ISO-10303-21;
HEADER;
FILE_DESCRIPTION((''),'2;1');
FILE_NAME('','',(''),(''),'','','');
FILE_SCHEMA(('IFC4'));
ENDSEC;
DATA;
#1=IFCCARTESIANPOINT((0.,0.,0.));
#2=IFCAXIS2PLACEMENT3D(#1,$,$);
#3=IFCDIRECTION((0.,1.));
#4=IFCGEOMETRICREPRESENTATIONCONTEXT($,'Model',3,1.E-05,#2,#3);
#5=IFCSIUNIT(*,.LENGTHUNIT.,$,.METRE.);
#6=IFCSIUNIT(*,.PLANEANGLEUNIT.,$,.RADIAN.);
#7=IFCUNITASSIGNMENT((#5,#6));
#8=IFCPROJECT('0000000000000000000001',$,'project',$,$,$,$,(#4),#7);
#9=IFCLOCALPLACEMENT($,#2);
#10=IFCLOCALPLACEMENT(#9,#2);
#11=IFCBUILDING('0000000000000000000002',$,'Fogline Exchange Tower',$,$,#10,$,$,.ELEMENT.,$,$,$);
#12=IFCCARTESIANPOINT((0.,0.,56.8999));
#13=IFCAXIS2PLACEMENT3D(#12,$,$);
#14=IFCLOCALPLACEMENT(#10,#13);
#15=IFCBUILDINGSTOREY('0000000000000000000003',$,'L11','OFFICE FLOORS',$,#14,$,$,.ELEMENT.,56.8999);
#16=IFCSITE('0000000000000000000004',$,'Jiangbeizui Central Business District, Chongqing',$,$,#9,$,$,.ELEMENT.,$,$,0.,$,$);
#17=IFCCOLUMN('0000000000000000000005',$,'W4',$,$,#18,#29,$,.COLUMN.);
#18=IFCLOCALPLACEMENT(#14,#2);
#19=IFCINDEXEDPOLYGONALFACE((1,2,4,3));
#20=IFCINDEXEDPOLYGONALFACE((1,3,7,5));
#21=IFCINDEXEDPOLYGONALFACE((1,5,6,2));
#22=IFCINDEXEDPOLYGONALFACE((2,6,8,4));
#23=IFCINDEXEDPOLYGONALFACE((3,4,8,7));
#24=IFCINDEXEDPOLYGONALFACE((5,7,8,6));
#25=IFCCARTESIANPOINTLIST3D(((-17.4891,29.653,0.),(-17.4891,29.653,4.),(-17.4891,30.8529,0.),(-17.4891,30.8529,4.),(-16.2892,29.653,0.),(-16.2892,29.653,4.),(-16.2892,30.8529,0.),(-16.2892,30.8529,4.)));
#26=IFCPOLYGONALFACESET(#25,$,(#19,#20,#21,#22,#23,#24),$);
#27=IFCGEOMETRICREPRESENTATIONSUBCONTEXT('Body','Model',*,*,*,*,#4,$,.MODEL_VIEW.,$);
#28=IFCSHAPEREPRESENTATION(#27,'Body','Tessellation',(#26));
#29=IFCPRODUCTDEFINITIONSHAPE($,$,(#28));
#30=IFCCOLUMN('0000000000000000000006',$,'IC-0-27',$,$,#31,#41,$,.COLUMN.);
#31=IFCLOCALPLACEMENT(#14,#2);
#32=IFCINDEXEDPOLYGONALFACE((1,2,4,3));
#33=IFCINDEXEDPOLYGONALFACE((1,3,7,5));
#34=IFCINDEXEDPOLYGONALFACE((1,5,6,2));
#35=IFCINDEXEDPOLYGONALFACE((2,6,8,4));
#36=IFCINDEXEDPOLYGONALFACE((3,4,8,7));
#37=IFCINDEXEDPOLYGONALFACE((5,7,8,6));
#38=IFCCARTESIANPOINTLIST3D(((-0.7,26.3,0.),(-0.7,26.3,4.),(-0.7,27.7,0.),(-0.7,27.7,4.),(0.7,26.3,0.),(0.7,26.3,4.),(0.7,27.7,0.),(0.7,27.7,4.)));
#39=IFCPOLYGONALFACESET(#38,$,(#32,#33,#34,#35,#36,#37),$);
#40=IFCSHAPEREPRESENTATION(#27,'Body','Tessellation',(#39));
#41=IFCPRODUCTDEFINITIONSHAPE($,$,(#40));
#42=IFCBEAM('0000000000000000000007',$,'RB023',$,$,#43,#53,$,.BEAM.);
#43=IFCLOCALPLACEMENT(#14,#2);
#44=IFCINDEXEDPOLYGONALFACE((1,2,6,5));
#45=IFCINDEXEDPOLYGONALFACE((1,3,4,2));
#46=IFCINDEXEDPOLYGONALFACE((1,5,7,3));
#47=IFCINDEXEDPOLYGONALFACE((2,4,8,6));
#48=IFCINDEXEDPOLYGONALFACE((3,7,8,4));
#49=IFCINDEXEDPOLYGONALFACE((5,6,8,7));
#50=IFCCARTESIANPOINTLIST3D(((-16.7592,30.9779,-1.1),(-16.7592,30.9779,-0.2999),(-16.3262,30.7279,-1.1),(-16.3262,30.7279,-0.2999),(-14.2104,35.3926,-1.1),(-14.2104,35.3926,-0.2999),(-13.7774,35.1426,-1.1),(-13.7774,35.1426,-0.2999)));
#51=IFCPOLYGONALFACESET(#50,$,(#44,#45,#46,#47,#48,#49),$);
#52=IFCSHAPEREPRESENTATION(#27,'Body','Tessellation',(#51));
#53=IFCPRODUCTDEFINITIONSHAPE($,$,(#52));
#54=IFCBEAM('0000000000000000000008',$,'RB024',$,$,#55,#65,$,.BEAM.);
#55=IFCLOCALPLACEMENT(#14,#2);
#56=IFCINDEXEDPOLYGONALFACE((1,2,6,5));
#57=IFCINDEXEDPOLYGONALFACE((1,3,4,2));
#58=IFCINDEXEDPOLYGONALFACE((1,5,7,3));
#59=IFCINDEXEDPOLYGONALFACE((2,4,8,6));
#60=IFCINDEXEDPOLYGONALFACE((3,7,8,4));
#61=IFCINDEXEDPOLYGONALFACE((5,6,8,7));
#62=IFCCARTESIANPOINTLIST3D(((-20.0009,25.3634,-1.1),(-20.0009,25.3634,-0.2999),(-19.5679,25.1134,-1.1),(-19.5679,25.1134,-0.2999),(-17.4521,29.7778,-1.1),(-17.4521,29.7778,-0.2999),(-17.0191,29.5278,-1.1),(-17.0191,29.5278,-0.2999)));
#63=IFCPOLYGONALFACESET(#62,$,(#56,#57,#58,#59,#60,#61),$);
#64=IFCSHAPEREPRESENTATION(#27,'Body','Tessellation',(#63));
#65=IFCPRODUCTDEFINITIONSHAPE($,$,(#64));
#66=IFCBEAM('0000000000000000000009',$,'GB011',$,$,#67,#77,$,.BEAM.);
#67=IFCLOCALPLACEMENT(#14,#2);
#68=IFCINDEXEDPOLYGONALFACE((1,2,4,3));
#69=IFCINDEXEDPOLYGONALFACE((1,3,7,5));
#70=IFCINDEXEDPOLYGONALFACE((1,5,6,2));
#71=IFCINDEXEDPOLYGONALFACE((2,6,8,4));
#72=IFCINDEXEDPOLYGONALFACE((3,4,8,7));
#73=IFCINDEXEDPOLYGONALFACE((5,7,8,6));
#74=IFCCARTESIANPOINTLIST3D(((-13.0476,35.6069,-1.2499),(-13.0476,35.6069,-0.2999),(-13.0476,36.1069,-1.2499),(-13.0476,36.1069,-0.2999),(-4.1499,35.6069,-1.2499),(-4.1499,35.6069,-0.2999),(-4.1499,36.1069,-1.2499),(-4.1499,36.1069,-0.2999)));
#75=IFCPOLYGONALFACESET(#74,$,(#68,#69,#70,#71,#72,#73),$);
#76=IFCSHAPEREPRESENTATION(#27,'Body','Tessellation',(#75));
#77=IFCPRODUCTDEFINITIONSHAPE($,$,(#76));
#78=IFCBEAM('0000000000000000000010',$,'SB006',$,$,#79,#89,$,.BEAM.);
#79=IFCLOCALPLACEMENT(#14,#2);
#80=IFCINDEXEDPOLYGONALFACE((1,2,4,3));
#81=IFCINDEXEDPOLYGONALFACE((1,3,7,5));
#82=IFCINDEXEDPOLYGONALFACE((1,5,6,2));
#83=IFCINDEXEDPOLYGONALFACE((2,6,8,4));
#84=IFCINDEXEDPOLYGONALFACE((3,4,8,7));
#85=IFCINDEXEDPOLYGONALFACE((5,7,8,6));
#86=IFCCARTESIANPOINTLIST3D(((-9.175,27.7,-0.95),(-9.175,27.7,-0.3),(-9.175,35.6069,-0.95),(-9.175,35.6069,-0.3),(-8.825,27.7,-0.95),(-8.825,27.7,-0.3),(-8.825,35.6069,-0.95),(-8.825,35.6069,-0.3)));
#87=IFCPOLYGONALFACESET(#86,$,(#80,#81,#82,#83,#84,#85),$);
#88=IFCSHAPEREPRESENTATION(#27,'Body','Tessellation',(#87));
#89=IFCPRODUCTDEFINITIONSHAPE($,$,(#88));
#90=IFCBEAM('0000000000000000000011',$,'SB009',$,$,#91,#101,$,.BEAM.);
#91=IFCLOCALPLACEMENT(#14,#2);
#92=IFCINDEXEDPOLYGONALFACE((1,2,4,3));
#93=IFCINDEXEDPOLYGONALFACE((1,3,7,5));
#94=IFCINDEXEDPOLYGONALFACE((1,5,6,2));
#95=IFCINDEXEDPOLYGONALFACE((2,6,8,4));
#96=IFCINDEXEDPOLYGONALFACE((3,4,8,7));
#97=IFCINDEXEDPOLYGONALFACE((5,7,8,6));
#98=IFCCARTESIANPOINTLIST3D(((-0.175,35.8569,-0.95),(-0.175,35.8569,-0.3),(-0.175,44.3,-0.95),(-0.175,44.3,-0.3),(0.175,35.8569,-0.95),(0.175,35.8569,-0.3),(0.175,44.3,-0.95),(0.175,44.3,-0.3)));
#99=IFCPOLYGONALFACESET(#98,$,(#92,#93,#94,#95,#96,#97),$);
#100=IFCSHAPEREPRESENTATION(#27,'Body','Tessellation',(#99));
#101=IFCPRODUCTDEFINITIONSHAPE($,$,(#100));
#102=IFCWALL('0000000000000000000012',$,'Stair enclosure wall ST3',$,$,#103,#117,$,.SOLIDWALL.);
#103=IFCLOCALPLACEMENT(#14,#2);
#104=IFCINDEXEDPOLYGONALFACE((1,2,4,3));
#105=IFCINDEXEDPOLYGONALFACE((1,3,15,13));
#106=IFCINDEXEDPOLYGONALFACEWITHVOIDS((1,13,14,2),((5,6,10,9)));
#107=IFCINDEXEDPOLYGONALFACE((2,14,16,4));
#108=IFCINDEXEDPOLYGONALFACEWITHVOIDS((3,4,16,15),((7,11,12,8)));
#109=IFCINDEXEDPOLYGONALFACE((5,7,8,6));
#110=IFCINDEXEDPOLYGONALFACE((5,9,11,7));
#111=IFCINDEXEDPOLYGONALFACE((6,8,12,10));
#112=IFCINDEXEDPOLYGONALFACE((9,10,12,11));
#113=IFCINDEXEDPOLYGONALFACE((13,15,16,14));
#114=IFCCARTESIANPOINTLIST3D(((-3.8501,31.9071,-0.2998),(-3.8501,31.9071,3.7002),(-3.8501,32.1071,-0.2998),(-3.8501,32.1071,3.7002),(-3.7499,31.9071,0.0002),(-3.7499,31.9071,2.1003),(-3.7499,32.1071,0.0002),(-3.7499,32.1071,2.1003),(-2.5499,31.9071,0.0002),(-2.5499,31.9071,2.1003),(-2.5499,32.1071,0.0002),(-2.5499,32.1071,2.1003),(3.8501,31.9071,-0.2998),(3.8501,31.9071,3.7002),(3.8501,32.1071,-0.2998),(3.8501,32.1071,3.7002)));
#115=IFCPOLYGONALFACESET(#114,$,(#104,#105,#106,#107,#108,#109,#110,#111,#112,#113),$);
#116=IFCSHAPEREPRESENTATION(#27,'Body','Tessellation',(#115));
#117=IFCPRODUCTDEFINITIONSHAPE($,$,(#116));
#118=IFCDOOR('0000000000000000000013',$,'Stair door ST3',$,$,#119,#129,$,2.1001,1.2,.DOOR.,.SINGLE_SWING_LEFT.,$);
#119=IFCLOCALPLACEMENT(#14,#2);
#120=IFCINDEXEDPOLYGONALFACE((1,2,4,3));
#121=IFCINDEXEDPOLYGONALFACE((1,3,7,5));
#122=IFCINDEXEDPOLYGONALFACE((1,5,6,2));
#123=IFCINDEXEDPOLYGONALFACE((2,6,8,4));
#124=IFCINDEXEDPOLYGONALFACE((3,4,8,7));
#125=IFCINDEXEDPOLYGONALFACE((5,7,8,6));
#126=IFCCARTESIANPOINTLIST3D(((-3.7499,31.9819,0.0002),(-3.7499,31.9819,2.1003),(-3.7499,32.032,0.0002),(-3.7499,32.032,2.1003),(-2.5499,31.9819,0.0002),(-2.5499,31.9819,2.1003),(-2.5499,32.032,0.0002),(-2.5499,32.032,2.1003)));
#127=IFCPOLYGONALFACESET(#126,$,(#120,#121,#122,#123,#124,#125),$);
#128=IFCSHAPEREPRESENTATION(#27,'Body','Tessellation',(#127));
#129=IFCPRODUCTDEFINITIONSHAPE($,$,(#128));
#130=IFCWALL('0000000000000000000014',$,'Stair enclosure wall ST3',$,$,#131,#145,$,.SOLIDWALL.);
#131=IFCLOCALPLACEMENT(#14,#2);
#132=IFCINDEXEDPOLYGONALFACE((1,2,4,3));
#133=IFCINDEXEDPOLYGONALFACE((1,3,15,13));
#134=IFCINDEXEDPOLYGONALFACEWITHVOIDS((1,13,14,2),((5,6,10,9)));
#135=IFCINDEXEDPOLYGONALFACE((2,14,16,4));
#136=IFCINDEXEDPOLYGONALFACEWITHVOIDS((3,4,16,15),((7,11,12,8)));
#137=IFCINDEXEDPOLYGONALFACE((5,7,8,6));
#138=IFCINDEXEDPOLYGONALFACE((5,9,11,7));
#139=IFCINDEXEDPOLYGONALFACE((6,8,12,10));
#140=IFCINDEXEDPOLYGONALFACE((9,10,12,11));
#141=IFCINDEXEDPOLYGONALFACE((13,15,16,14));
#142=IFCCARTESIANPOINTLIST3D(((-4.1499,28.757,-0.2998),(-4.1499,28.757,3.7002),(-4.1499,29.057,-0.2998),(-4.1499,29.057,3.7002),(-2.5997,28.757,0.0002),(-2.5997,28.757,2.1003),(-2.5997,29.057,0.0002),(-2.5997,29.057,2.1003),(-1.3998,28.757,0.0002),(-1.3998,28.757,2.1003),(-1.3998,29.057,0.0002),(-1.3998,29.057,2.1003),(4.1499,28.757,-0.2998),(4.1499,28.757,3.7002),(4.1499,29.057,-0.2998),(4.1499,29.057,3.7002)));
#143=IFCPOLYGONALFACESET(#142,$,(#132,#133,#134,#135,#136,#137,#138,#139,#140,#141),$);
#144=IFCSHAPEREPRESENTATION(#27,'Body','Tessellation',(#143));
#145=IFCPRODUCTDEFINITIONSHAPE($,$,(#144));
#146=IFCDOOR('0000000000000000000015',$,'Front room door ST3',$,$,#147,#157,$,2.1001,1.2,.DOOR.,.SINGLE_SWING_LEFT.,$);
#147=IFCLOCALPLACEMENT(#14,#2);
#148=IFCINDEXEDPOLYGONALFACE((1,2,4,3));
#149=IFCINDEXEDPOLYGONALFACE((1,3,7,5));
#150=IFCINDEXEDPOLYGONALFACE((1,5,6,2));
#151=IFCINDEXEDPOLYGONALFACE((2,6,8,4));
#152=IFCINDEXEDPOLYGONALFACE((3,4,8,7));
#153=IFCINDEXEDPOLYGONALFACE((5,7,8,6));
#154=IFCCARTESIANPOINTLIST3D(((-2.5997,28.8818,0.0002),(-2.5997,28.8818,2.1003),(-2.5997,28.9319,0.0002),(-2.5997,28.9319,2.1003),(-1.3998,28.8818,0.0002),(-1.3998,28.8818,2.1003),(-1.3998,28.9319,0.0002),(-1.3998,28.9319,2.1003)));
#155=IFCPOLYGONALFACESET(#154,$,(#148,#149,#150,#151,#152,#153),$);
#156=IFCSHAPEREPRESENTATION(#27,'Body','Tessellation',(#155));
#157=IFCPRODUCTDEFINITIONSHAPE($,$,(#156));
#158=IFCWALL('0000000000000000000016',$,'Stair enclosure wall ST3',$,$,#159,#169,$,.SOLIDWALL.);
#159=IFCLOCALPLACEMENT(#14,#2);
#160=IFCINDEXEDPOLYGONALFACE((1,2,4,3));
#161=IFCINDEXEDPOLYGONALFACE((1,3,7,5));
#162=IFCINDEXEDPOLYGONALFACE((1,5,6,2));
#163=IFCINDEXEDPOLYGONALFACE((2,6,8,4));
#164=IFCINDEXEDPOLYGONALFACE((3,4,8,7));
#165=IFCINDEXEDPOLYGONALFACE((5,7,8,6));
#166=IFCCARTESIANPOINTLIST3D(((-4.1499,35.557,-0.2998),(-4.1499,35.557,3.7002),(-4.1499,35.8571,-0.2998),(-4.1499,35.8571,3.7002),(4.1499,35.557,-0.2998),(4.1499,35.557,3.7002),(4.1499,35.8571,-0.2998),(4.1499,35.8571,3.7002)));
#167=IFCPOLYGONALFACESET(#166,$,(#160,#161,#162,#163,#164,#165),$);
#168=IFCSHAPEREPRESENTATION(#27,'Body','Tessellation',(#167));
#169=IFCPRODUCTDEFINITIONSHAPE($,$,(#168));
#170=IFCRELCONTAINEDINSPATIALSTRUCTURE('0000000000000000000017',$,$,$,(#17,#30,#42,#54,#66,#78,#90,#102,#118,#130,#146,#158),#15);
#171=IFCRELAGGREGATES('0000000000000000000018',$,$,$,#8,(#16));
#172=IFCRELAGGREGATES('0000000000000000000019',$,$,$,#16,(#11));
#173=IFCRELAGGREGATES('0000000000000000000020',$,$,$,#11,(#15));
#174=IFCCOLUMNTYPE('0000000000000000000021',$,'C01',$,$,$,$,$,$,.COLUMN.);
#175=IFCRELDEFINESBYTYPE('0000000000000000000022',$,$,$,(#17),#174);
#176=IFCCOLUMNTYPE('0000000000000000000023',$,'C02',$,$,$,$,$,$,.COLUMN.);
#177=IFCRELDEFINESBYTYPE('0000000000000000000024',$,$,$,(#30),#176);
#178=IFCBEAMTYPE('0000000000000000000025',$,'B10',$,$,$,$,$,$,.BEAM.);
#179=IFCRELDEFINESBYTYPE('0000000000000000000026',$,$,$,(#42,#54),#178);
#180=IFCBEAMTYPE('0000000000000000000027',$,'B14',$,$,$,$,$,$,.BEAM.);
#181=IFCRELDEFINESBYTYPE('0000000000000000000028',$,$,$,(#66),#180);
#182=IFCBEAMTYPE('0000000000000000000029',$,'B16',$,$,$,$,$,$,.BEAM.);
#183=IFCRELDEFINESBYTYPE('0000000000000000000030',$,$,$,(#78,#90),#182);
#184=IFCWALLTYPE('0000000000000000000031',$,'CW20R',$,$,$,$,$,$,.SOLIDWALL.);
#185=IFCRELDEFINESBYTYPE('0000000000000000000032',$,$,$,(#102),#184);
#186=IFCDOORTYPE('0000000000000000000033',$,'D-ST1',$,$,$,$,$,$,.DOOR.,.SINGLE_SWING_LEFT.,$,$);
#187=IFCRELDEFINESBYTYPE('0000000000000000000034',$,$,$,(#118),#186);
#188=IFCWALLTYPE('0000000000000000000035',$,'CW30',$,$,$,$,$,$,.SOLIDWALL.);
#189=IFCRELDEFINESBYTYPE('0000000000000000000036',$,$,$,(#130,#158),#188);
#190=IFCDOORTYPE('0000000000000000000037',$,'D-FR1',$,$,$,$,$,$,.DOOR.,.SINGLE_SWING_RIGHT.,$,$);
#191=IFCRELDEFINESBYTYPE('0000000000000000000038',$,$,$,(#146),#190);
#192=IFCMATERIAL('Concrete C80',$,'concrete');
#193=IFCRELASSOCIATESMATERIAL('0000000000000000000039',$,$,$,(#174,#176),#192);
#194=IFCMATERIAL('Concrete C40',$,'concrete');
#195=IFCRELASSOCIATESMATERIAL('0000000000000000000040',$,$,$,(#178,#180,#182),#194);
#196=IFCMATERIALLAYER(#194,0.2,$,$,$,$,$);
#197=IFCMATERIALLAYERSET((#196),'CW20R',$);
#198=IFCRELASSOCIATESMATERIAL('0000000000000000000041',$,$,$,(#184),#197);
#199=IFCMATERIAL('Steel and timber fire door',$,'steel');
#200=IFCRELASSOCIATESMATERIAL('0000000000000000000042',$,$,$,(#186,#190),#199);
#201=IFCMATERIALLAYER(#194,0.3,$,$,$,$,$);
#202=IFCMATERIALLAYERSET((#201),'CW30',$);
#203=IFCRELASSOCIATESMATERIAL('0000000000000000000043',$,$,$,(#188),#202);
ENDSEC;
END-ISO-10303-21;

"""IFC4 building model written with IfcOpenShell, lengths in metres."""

from ifc_helpers import new_model, si_unit, direction, frame, frame_2d, origin, origin_2d, place, context, subcontext, project, spatial, rectangle, extrude, material, layer, layer_set, material_profile, profile_set, type_object, element, fill, save


model = new_model("IFC4")

# Units and contexts
model_context = context("Model", 3, precision=1e-05, world=origin(), true_north=direction((0.0, 1.0)))
body_context = subcontext(model_context, "Body", "Model", "MODEL_VIEW")
ifc_project = project(units=[si_unit("LENGTHUNIT", "METRE"), si_unit("PLANEANGLEUNIT", "RADIAN")], contexts=[model_context])

# Site, building, storey
site_placement = place(None, origin())
site = spatial("IfcSite", under=ifc_project, at=site_placement, Name="Jiangbeizui Central Business District, Chongqing", CompositionType="ELEMENT", RefElevation=0.0)
building_placement = place(site_placement, origin())
building = spatial("IfcBuilding", under=site, at=building_placement, Name="Fogline Exchange Tower", CompositionType="ELEMENT")
storey_placement = place(building_placement, frame((0.0, 0.0, 56.8999)))
storey = spatial("IfcBuildingStorey", under=building, at=storey_placement, Name="L11", Description="OFFICE FLOORS", CompositionType="ELEMENT", Elevation=56.8999)

# Columns
ifc_material_1 = material(Name="Concrete C80", Category="concrete")
ifc_material_profile_1 = material_profile(ifc_material_1, rectangle(XDim=1.2, YDim=1.2, at=origin_2d()), Name="RC 1200x1200")
ifc_profile_set_1 = profile_set([ifc_material_profile_1], Name="Concrete C80")
column_type_1 = type_object("IfcColumnType", Name="C01", PredefinedType="COLUMN", material=ifc_profile_set_1)
column_1_placement = place(storey_placement, frame((-16.8892, 30.2529, 0.0), z_axis=(0.0, 0.0, 1.0), x_axis=(1.0, 0.0, 0.0)))
element("IfcColumn", 1, at=column_1_placement, inside=storey, type_object=column_type_1, Name="W4", PredefinedType="COLUMN", context=body_context, shape_type="SweptSolid", body=[
    extrude(rectangle(XDim=1.2, YDim=1.2, at=origin_2d()), origin(), (0.0, 0.0, 1.0), 4.0),
])
ifc_material_profile_2 = material_profile(ifc_material_1, rectangle(XDim=1.3999, YDim=1.3999, at=origin_2d()), Name="RC 1400x1400")
ifc_profile_set_2 = profile_set([ifc_material_profile_2], Name="Concrete C80")
column_type_2 = type_object("IfcColumnType", Name="C02", PredefinedType="COLUMN", material=ifc_profile_set_2)
column_2_placement = place(storey_placement, frame((0.0, 27.0, 0.0), z_axis=(0.0, 0.0, 1.0), x_axis=(1.0, 0.0, 0.0)))
element("IfcColumn", 2, at=column_2_placement, inside=storey, type_object=column_type_2, Name="IC-0-27", PredefinedType="COLUMN", context=body_context, shape_type="SweptSolid", body=[
    extrude(rectangle(XDim=1.3999, YDim=1.3999, at=origin_2d()), origin(), (0.0, 0.0, 1.0), 4.0),
])

# Beams
ifc_material_2 = material(Name="Concrete C40", Category="concrete")
ifc_material_profile_3 = material_profile(ifc_material_2, rectangle(XDim=0.5, YDim=0.8, at=origin_2d()), Name="RC 500x800")
ifc_profile_set_3 = profile_set([ifc_material_profile_3], Name="Concrete C40")
beam_type_1 = type_object("IfcBeamType", Name="B10", PredefinedType="BEAM", material=ifc_profile_set_3)
beam_1_placement = place(storey_placement, frame((-13.9939, 35.2676, -0.7), z_axis=(-0.499992, -0.86603, 0.0), x_axis=(0.86603, -0.499992, 0.0)))
element("IfcBeam", 3, at=beam_1_placement, inside=storey, type_object=beam_type_1, Name="RB023", PredefinedType="BEAM", context=body_context, shape_type="SweptSolid", body=[
    extrude(rectangle(XDim=0.5, YDim=0.8, at=origin_2d()), origin(), (0.0, 0.0, 1.0), 5.0977),
])
beam_2_placement = place(storey_placement, frame((-17.2356, 29.6528, -0.7), z_axis=(-0.500013, -0.866018, 0.0), x_axis=(0.866018, -0.500013, 0.0)))
element("IfcBeam", 4, at=beam_2_placement, inside=storey, type_object=beam_type_1, Name="RB024", PredefinedType="BEAM", context=body_context, shape_type="SweptSolid", body=[
    extrude(rectangle(XDim=0.5, YDim=0.8, at=origin_2d()), origin(), (0.0, 0.0, 1.0), 5.0974),
])
ifc_material_profile_4 = material_profile(ifc_material_2, rectangle(XDim=0.5, YDim=0.95, at=origin_2d()), Name="RC 500x950")
ifc_profile_set_4 = profile_set([ifc_material_profile_4], Name="Concrete C40")
beam_type_2 = type_object("IfcBeamType", Name="B14", PredefinedType="BEAM", material=ifc_profile_set_4)
beam_3_placement = place(storey_placement, frame((-13.0476, 35.8569, -0.7749), z_axis=(1.0, 0.0, 0.0), x_axis=(0.0, 1.0, 0.0)))
element("IfcBeam", 5, at=beam_3_placement, inside=storey, type_object=beam_type_2, Name="GB011", PredefinedType="BEAM", context=body_context, shape_type="SweptSolid", body=[
    extrude(rectangle(XDim=0.5, YDim=0.95, at=origin_2d()), origin(), (0.0, 0.0, 1.0), 8.8977),
])
ifc_material_profile_5 = material_profile(ifc_material_2, rectangle(XDim=0.3501, YDim=0.6499, at=origin_2d()), Name="RC 350x650")
ifc_profile_set_5 = profile_set([ifc_material_profile_5], Name="Concrete C40")
beam_type_3 = type_object("IfcBeamType", Name="B16", PredefinedType="BEAM", material=ifc_profile_set_5)
beam_4_placement = place(storey_placement, frame((-9.0, 27.7, -0.625), z_axis=(0.0, 1.0, 0.0), x_axis=(-1.0, 0.0, 0.0)))
element("IfcBeam", 6, at=beam_4_placement, inside=storey, type_object=beam_type_3, Name="SB006", PredefinedType="BEAM", context=body_context, shape_type="SweptSolid", body=[
    extrude(rectangle(XDim=0.3501, YDim=0.6499, at=origin_2d()), origin(), (0.0, 0.0, 1.0), 7.907),
])
beam_5_placement = place(storey_placement, frame((0.0, 35.8569, -0.625), z_axis=(0.0, 1.0, 0.0), x_axis=(-1.0, 0.0, 0.0)))
element("IfcBeam", 7, at=beam_5_placement, inside=storey, type_object=beam_type_3, Name="SB009", PredefinedType="BEAM", context=body_context, shape_type="SweptSolid", body=[
    extrude(rectangle(XDim=0.3501, YDim=0.6499, at=origin_2d()), origin(), (0.0, 0.0, 1.0), 8.4431),
])

# Walls, openings, doors
ifc_layer_1 = layer(ifc_material_2, 0.2)
ifc_layer_set_1 = layer_set([ifc_layer_1], Name="CW20R")
wall_type_1 = type_object("IfcWallType", Name="CW20R", PredefinedType="SOLIDWALL", material=ifc_layer_set_1)
wall_1_placement = place(storey_placement, frame((-3.8501, 32.0071, -0.2998), z_axis=(0.0, 0.0, 1.0), x_axis=(1.0, 0.0, 0.0)))
wall_1 = element("IfcWall", 8, at=wall_1_placement, inside=storey, type_object=wall_type_1, Name="Stair enclosure wall ST3", PredefinedType="SOLIDWALL", context=body_context, shape_type="SweptSolid", body=[
    extrude(rectangle(XDim=7.7002, YDim=0.2, at=frame_2d((3.8501, 0.0))), origin(), (0.0, 0.0, 1.0), 4.0),
])
opening_1_placement = place(wall_1_placement, frame((0.1001, 0.0, 0.3)))
opening_1 = element("IfcOpeningElement", 9, at=opening_1_placement, cuts=wall_1, PredefinedType="OPENING", context=body_context, shape_type="SweptSolid", body=[
    extrude(rectangle(XDim=1.2, YDim=2.1001, at=frame_2d((0.6001, 1.05))), frame((0.0, 0.1099, 0.0), z_axis=(0.0, -1.0, 0.0), x_axis=(1.0, 0.0, 0.0)), (0.0, 0.0, 1.0), 0.22),
])
ifc_material_3 = material(Name="Steel and timber fire door", Category="steel")
door_type_1 = type_object("IfcDoorType", Name="D-ST1", OperationType="SINGLE_SWING_LEFT", PredefinedType="DOOR", material=ifc_material_3)
door_1_placement = place(opening_1_placement, origin())
door_1 = element("IfcDoor", 10, at=door_1_placement, inside=storey, type_object=door_type_1, Name="Stair door ST3", OperationType="SINGLE_SWING_LEFT", OverallHeight=2.1001, OverallWidth=1.2, PredefinedType="DOOR", context=body_context, shape_type="SweptSolid", body=[
    extrude(rectangle(XDim=1.2, YDim=2.1001, at=frame_2d((0.6001, 1.05))), frame((0.0, 0.0249, 0.0), z_axis=(0.0, -1.0, 0.0), x_axis=(1.0, 0.0, 0.0)), (0.0, 0.0, 1.0), 0.05),
])
fill(opening_1, door_1)
ifc_layer_2 = layer(ifc_material_2, 0.3)
ifc_layer_set_2 = layer_set([ifc_layer_2], Name="CW30")
wall_type_2 = type_object("IfcWallType", Name="CW30", PredefinedType="SOLIDWALL", material=ifc_layer_set_2)
wall_2_placement = place(storey_placement, frame((-4.1499, 28.907, -0.2998), z_axis=(0.0, 0.0, 1.0), x_axis=(1.0, 0.0, 0.0)))
wall_2 = element("IfcWall", 11, at=wall_2_placement, inside=storey, type_object=wall_type_2, Name="Stair enclosure wall ST3", PredefinedType="SOLIDWALL", context=body_context, shape_type="SweptSolid", body=[
    extrude(rectangle(XDim=8.2998, YDim=0.3, at=frame_2d((4.1499, 0.0))), origin(), (0.0, 0.0, 1.0), 4.0),
])
opening_2_placement = place(wall_2_placement, frame((1.55, 0.0, 0.3)))
opening_2 = element("IfcOpeningElement", 12, at=opening_2_placement, cuts=wall_2, PredefinedType="OPENING", context=body_context, shape_type="SweptSolid", body=[
    extrude(rectangle(XDim=1.2, YDim=2.1001, at=frame_2d((0.6001, 1.05))), frame((0.0, 0.1602, 0.0), z_axis=(0.0, -1.0, 0.0), x_axis=(1.0, 0.0, 0.0)), (0.0, 0.0, 1.0), 0.3201),
])
door_type_2 = type_object("IfcDoorType", Name="D-FR1", OperationType="SINGLE_SWING_RIGHT", PredefinedType="DOOR", material=ifc_material_3)
door_2_placement = place(opening_2_placement, origin())
door_2 = element("IfcDoor", 13, at=door_2_placement, inside=storey, type_object=door_type_2, Name="Front room door ST3", OperationType="SINGLE_SWING_LEFT", OverallHeight=2.1001, OverallWidth=1.2, PredefinedType="DOOR", context=body_context, shape_type="SweptSolid", body=[
    extrude(rectangle(XDim=1.2, YDim=2.1001, at=frame_2d((0.6001, 1.05))), frame((0.0, 0.0249, 0.0), z_axis=(0.0, -1.0, 0.0), x_axis=(1.0, 0.0, 0.0)), (0.0, 0.0, 1.0), 0.05),
])
fill(opening_2, door_2)

# Wall
wall_3_placement = place(storey_placement, frame((-4.1499, 35.707, -0.2998), z_axis=(0.0, 0.0, 1.0), x_axis=(1.0, 0.0, 0.0)))
element("IfcWall", 14, at=wall_3_placement, inside=storey, type_object=wall_type_2, Name="Stair enclosure wall ST3", PredefinedType="SOLIDWALL", context=body_context, shape_type="SweptSolid", body=[
    extrude(rectangle(XDim=8.2998, YDim=0.3, at=frame_2d((4.1499, 0.0))), origin(), (0.0, 0.0, 1.0), 4.0),
])

save(model, "model.ifc")
